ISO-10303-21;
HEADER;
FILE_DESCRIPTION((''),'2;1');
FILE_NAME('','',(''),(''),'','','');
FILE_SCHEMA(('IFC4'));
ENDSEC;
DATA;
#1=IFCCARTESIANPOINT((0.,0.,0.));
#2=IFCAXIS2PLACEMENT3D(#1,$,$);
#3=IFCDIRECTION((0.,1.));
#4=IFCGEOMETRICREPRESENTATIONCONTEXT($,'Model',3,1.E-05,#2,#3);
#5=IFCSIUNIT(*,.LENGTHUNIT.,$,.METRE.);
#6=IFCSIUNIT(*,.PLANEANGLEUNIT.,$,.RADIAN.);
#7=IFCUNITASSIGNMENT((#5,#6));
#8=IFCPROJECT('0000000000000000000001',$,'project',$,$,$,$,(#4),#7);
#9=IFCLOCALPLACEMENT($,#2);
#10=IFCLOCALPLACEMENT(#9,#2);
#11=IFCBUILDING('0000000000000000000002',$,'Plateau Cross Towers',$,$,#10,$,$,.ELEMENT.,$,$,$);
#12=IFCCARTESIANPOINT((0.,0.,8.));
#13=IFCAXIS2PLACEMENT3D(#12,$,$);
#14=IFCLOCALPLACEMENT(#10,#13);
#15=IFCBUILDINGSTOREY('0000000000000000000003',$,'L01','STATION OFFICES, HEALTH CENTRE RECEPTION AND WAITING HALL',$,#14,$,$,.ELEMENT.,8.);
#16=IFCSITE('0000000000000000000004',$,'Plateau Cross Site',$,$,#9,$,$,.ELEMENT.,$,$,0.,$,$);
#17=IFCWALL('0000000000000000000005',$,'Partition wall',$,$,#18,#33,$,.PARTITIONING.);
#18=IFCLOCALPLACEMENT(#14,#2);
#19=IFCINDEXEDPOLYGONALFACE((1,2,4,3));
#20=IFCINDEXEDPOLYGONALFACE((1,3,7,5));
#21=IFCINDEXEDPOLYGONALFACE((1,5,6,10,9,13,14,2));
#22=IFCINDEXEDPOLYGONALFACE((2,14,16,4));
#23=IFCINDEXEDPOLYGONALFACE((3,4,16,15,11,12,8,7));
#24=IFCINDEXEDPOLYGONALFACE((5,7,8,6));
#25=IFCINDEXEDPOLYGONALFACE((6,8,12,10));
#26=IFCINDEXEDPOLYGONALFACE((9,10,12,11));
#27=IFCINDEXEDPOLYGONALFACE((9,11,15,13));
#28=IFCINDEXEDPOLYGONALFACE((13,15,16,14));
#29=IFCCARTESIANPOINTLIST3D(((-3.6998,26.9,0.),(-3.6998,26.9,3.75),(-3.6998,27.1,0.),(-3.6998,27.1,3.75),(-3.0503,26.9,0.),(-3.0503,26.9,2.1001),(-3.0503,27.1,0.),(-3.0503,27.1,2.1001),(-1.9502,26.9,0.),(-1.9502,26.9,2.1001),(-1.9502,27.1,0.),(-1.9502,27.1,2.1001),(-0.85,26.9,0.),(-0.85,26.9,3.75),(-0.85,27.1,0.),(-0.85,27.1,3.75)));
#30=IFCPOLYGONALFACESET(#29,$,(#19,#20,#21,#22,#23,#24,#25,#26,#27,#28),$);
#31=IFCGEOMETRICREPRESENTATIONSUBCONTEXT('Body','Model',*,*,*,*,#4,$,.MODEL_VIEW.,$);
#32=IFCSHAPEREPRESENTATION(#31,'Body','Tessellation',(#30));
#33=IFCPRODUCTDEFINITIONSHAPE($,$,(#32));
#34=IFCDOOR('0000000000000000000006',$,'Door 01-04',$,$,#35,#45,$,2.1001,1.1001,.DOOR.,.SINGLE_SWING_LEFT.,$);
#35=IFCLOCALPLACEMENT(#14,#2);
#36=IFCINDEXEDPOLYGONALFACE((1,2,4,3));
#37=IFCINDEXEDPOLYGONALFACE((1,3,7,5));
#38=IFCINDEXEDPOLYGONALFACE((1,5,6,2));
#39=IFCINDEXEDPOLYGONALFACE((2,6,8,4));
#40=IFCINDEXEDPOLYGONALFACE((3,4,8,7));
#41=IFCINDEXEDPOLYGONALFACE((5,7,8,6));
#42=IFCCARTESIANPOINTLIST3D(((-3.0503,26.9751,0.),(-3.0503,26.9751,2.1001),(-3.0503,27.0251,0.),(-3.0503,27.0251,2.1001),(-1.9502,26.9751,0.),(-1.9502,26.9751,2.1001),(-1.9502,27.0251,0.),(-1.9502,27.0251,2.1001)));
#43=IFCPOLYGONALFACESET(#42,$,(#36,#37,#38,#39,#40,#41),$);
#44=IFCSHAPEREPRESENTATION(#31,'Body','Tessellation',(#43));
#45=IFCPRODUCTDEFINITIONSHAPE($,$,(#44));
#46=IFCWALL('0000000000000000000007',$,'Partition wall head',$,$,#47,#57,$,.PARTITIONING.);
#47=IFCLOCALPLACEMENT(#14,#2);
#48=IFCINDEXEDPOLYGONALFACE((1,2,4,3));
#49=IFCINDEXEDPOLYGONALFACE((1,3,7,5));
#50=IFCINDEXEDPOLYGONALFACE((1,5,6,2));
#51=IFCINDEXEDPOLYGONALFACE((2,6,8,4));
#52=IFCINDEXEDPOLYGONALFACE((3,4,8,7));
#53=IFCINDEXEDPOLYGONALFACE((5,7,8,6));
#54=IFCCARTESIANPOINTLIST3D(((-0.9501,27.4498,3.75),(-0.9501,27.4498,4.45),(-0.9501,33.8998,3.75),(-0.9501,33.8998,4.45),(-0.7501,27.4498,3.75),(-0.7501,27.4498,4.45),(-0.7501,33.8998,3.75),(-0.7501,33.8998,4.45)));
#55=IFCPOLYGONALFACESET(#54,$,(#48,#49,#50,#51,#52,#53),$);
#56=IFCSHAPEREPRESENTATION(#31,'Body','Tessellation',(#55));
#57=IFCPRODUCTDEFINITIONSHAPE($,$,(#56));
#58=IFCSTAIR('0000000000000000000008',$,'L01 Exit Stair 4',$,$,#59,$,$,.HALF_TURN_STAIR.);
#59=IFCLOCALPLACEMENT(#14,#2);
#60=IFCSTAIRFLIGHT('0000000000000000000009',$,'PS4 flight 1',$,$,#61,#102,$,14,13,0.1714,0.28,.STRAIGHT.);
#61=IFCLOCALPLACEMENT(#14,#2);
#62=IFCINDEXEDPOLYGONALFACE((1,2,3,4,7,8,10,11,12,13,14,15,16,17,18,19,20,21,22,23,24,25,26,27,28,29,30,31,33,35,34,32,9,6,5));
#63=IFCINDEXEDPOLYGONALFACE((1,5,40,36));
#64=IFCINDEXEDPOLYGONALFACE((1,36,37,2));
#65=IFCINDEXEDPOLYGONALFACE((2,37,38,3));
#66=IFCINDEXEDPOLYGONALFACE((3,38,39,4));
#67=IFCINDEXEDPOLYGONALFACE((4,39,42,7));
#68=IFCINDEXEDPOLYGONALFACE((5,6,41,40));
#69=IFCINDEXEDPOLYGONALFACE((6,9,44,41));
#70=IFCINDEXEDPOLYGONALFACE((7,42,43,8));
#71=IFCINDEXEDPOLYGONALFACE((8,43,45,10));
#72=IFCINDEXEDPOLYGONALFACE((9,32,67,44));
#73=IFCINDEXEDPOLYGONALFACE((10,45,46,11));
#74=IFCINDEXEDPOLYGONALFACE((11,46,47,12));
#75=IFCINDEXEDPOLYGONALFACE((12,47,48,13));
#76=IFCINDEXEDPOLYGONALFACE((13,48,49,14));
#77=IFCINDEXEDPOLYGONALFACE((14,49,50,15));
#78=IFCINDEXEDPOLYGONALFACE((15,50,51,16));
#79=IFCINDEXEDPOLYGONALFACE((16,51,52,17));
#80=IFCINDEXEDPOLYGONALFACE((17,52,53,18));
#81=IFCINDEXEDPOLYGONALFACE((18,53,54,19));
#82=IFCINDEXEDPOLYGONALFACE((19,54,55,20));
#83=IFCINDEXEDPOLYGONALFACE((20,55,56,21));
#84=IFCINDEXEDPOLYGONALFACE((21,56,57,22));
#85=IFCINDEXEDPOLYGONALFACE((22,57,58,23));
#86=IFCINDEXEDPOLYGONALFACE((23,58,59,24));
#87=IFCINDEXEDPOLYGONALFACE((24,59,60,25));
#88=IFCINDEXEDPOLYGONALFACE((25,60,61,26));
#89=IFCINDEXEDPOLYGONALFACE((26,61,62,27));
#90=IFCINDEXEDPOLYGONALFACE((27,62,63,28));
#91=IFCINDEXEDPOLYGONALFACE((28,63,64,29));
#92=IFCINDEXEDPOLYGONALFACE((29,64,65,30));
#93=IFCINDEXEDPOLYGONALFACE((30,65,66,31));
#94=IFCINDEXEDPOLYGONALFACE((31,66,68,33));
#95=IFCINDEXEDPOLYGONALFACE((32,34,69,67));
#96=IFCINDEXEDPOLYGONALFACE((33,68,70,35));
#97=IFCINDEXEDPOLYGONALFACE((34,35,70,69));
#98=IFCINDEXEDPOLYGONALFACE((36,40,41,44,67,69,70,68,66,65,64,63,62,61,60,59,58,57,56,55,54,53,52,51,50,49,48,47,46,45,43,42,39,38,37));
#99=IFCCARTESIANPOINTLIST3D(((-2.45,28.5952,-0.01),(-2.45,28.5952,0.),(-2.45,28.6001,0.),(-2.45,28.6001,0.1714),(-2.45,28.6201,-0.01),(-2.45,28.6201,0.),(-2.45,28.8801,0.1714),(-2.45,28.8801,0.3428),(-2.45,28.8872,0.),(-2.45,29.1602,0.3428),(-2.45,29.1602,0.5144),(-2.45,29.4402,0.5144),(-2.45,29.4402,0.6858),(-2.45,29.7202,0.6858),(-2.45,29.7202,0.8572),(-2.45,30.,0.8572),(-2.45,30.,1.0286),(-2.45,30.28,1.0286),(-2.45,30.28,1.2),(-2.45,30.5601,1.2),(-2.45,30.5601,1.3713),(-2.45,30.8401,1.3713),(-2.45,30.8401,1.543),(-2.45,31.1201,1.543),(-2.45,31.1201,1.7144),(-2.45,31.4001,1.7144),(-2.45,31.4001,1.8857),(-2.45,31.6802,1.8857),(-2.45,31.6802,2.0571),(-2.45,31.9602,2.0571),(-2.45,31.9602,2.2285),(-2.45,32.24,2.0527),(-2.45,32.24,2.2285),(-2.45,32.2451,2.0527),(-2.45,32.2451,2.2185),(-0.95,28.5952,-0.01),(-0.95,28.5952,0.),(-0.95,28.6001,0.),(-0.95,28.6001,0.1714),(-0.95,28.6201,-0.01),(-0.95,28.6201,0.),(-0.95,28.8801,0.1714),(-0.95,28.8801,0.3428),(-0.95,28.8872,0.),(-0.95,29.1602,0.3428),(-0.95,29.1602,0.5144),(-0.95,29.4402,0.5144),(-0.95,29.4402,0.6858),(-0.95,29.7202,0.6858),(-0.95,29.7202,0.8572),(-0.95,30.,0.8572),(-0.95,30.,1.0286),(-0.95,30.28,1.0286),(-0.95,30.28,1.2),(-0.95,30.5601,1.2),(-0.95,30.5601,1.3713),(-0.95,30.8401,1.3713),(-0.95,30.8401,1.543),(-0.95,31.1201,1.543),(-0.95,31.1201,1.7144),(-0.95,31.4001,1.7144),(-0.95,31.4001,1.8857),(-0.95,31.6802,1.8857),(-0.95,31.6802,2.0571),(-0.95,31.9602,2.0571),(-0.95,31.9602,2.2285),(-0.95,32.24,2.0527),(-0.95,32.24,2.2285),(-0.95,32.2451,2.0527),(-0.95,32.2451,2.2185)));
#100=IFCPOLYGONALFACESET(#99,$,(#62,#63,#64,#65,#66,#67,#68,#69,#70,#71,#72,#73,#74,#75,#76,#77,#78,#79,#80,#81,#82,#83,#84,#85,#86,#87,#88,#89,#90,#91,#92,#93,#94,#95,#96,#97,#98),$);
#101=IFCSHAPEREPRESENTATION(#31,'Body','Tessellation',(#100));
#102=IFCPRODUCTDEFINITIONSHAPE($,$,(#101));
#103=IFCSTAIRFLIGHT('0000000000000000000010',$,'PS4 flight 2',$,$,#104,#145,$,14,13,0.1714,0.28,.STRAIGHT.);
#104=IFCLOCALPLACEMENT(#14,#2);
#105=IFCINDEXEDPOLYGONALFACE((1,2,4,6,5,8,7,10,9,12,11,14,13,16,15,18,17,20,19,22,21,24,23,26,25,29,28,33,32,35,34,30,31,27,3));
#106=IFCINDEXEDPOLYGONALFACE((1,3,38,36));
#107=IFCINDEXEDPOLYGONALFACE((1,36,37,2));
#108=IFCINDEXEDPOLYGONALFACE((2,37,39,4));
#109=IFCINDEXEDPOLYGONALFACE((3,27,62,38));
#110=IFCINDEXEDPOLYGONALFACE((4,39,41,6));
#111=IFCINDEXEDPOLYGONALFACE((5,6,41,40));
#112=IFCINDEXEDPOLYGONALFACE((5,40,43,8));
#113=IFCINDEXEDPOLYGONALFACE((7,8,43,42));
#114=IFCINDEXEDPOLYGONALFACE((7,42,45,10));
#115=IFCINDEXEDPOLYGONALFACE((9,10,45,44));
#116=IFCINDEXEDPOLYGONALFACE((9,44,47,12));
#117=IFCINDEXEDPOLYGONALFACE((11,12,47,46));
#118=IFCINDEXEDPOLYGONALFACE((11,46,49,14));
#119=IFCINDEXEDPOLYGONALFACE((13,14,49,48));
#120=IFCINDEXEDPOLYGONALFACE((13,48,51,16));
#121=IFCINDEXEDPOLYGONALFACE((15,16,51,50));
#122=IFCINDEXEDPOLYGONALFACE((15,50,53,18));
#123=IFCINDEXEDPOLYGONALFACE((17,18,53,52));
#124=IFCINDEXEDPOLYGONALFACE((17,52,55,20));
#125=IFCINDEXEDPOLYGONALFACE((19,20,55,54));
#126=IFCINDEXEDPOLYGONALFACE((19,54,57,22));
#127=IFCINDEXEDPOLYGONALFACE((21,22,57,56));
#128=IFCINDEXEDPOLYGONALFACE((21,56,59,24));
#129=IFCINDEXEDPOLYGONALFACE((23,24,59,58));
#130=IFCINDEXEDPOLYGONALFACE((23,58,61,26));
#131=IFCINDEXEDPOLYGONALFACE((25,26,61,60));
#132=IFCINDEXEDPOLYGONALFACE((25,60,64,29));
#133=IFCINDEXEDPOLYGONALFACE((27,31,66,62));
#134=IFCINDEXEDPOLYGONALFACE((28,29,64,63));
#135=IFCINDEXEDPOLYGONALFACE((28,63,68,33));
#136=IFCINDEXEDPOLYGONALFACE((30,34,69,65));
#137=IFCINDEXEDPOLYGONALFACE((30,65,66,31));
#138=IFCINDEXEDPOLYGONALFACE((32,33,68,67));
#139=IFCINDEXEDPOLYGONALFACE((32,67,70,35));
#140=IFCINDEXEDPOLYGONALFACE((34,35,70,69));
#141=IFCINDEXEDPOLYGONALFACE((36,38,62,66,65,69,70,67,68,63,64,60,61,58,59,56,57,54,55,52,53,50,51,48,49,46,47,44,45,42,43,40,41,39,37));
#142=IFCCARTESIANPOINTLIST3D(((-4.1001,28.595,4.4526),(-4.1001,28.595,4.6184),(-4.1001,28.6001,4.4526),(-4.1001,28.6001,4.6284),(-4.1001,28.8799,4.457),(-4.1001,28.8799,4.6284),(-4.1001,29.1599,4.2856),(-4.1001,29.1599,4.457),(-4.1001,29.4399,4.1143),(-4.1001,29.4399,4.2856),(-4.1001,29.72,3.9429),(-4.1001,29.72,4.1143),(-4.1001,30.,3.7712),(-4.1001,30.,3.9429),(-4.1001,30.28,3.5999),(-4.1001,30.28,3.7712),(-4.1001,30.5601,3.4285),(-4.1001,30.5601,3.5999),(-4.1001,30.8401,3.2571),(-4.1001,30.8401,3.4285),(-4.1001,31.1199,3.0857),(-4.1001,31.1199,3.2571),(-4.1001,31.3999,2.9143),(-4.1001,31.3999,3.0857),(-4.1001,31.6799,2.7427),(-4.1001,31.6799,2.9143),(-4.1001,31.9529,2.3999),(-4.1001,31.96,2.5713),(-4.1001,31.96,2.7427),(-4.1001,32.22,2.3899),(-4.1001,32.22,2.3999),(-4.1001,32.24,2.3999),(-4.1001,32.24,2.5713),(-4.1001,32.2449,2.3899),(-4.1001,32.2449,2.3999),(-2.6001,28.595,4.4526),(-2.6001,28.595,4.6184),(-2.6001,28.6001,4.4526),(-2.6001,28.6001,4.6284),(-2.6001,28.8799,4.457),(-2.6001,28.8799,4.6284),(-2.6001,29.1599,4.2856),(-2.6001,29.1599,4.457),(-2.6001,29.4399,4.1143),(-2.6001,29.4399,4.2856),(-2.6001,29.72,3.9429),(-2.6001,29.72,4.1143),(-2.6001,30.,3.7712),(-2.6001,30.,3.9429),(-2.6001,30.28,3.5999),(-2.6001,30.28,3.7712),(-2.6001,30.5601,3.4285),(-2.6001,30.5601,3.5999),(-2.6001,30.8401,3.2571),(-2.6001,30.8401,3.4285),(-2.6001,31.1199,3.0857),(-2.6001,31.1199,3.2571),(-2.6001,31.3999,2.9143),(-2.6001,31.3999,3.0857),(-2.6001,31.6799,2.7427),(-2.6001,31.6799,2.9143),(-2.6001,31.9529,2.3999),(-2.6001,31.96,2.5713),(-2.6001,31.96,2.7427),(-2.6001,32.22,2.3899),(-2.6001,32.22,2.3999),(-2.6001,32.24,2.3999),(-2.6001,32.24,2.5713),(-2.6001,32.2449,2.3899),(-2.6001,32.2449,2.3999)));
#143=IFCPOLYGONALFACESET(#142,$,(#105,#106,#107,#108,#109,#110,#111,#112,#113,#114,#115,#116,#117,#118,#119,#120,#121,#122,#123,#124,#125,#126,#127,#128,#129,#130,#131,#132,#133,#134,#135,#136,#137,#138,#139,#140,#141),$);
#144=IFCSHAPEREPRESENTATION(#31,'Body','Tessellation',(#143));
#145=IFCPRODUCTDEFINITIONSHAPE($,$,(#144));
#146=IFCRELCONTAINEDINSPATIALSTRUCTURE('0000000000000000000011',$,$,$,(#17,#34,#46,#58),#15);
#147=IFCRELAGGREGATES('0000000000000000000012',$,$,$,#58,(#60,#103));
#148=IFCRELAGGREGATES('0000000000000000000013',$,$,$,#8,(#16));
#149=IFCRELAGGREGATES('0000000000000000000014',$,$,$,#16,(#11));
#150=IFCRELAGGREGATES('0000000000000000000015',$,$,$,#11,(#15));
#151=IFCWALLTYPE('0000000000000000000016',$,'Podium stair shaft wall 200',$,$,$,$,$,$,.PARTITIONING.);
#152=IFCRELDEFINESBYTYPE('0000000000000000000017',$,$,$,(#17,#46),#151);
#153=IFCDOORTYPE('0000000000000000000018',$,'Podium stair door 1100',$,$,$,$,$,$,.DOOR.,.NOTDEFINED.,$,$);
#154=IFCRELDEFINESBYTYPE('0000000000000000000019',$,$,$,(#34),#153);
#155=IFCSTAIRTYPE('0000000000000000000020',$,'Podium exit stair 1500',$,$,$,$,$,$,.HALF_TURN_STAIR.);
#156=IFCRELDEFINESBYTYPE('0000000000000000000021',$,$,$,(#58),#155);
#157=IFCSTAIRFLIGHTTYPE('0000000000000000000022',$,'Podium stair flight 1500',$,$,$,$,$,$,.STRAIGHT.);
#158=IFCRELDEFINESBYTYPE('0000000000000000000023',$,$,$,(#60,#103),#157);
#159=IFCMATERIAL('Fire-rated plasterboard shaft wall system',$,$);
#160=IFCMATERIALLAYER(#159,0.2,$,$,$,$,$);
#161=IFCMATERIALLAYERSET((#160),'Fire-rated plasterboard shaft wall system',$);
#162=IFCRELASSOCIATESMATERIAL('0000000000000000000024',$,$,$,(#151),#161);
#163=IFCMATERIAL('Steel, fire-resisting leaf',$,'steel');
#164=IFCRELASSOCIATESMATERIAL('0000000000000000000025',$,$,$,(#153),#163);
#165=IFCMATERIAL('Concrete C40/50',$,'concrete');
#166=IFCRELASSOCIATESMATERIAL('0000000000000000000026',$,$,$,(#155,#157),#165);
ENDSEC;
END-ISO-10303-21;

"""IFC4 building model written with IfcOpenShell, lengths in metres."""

from ifc_helpers import new_model, si_unit, direction, frame, frame_2d, origin, place, context, subcontext, project, spatial, polyline, rectangle, outline, extrude, material, layer, layer_set, type_object, element, fill, aggregate, save


model = new_model("IFC4")

# Units and contexts
model_context = context("Model", 3, precision=1e-05, world=origin(), true_north=direction((0.0, 1.0)))
body_context = subcontext(model_context, "Body", "Model", "MODEL_VIEW")
ifc_project = project(units=[si_unit("LENGTHUNIT", "METRE"), si_unit("PLANEANGLEUNIT", "RADIAN")], contexts=[model_context])

# Site, building, storey
site_placement = place(None, origin())
site = spatial("IfcSite", under=ifc_project, at=site_placement, Name="Plateau Cross Site", CompositionType="ELEMENT", RefElevation=0.0)
building_placement = place(site_placement, origin())
building = spatial("IfcBuilding", under=site, at=building_placement, Name="Plateau Cross Towers", CompositionType="ELEMENT")
storey_placement = place(building_placement, frame((0.0, 0.0, 8.0)))
storey = spatial("IfcBuildingStorey", under=building, at=storey_placement, Name="L01", Description="STATION OFFICES, HEALTH CENTRE RECEPTION AND WAITING HALL", CompositionType="ELEMENT", Elevation=8.0)

# Shared definitions
ifc_material_1 = material(Name="Fire-rated plasterboard shaft wall system")
ifc_layer_1 = layer(ifc_material_1, 0.2)
ifc_layer_set_1 = layer_set([ifc_layer_1], Name="Fire-rated plasterboard shaft wall system")
wall_type_1 = type_object("IfcWallType", Name="Podium stair shaft wall 200", PredefinedType="PARTITIONING", material=ifc_layer_set_1)

# Wall, opening, door
wall_1_placement = place(storey_placement, frame((-0.8501, 27.0, 0.0), z_axis=(0.0, 0.0, 1.0), x_axis=(-1.0, 0.0, 0.0)))
wall_1 = element("IfcWall", 1, at=wall_1_placement, inside=storey, type_object=wall_type_1, Name="Partition wall", PredefinedType="PARTITIONING", context=body_context, shape_type="SweptSolid", body=[
    extrude(rectangle(XDim=2.8499, YDim=0.2, at=frame_2d((1.4248, 0.0))), origin(), (0.0, 0.0, 1.0), 3.75),
])
opening_1_placement = place(wall_1_placement, frame((1.1001, 0.0, 0.0)))
opening_1 = element("IfcOpeningElement", 2, at=opening_1_placement, cuts=wall_1, PredefinedType="OPENING", context=body_context, shape_type="SweptSolid", body=[
    extrude(rectangle(XDim=1.1001, YDim=2.1001, at=frame_2d((0.55, 1.05))), frame((0.0, 0.1099, 0.0), z_axis=(0.0, -1.0, 0.0), x_axis=(1.0, 0.0, 0.0)), (0.0, 0.0, 1.0), 0.22),
])
ifc_material_2 = material(Name="Steel, fire-resisting leaf", Category="steel")
door_type_1 = type_object("IfcDoorType", Name="Podium stair door 1100", OperationType="NOTDEFINED", PredefinedType="DOOR", material=ifc_material_2)
door_1_placement = place(opening_1_placement, origin())
door_1 = element("IfcDoor", 3, at=door_1_placement, inside=storey, type_object=door_type_1, Name="Door 01-04", OperationType="SINGLE_SWING_LEFT", OverallHeight=2.1001, OverallWidth=1.1001, PredefinedType="DOOR", context=body_context, shape_type="SweptSolid", body=[
    extrude(rectangle(XDim=1.1001, YDim=2.1001, at=frame_2d((0.55, 1.05))), frame((0.0, 0.0249, 0.0), z_axis=(0.0, -1.0, 0.0), x_axis=(1.0, 0.0, 0.0)), (0.0, 0.0, 1.0), 0.05),
])
fill(opening_1, door_1)

# Wall
wall_2_placement = place(storey_placement, frame((-0.8501, 33.8999, 3.75), z_axis=(0.0, 0.0, 1.0), x_axis=(0.0, -1.0, 0.0)))
element("IfcWall", 4, at=wall_2_placement, inside=storey, type_object=wall_type_1, Name="Partition wall head", PredefinedType="PARTITIONING", context=body_context, shape_type="SweptSolid", body=[
    extrude(rectangle(XDim=6.45, YDim=0.2, at=frame_2d((3.2251, 0.0))), origin(), (0.0, 0.0, 1.0), 0.7),
])

# Stair, stair flights
ifc_material_3 = material(Name="Concrete C40/50", Category="concrete")
stair_type = type_object("IfcStairType", Name="Podium exit stair 1500", PredefinedType="HALF_TURN_STAIR", material=ifc_material_3)
stair_placement = place(storey_placement, origin())
stair = element("IfcStair", 5, at=stair_placement, inside=storey, type_object=stair_type, Name="L01 Exit Stair 4", PredefinedType="HALF_TURN_STAIR")
stair_flight_type = type_object("IfcStairFlightType", Name="Podium stair flight 1500", PredefinedType="STRAIGHT", material=ifc_material_3)
stair_flight_1_placement = place(storey_placement, frame((-1.7, 28.6001, 0.0), z_axis=(0.0, 0.0, 1.0), x_axis=(0.0, 1.0, 0.0)))
stair_flight_1 = element("IfcStairFlight", 6, at=stair_flight_1_placement, type_object=stair_flight_type, Name="PS4 flight 1", NumberOfRisers=14, NumberOfTreads=13, PredefinedType="STRAIGHT", RiserHeight=0.1714, TreadLength=0.28, context=body_context, shape_type="SweptSolid", body=[
    extrude(outline(polyline([(-0.0049, -0.01), (-0.0049, 0.0), (0.0, 0.0), (0.0, 0.1714), (0.28, 0.1714), (0.28, 0.3428), (0.5601, 0.3428), (0.5601, 0.5144), (0.8401, 0.5144), (0.8401, 0.6858), (1.1201, 0.6858), (1.1201, 0.8572), (1.3999, 0.8572), (1.3999, 1.0286), (1.6799, 1.0286), (1.6799, 1.2), (1.96, 1.2), (1.96, 1.3713), (2.24, 1.3713), (2.24, 1.543), (2.52, 1.543), (2.52, 1.7144), (2.8, 1.7144), (2.8, 1.8857), (3.0801, 1.8857), (3.0801, 2.0571), (3.3601, 2.0571), (3.3601, 2.2285), (3.6399, 2.2285), (3.645, 2.2185), (3.645, 2.0527), (3.6399, 2.0527), (0.2871, 0.0), (0.02, 0.0), (0.02, -0.01), (-0.0049, -0.01)])), frame((0.0, 0.75, 0.0), z_axis=(0.0, -1.0, 0.0), x_axis=(1.0, 0.0, 0.0)), (0.0, 0.0, 1.0), 1.5),
])
stair_flight_2_placement = place(storey_placement, frame((-3.3501, 32.24, 2.3999), z_axis=(0.0, 0.0, 1.0), x_axis=(0.0, -1.0, 0.0)))
stair_flight_2 = element("IfcStairFlight", 7, at=stair_flight_2_placement, type_object=stair_flight_type, Name="PS4 flight 2", NumberOfRisers=14, NumberOfTreads=13, PredefinedType="STRAIGHT", RiserHeight=0.1714, TreadLength=0.28, context=body_context, shape_type="SweptSolid", body=[
    extrude(outline(polyline([(-0.0049, -0.01), (-0.0049, 0.0), (0.0, 0.0), (0.0, 0.1714), (0.28, 0.1714), (0.28, 0.3428), (0.5601, 0.3428), (0.5601, 0.5144), (0.8401, 0.5144), (0.8401, 0.6858), (1.1201, 0.6858), (1.1201, 0.8572), (1.3999, 0.8572), (1.3999, 1.0286), (1.6799, 1.0286), (1.6799, 1.2), (1.96, 1.2), (1.96, 1.3713), (2.24, 1.3713), (2.24, 1.543), (2.52, 1.543), (2.52, 1.7144), (2.8, 1.7144), (2.8, 1.8857), (3.0801, 1.8857), (3.0801, 2.0571), (3.3601, 2.0571), (3.3601, 2.2285), (3.6399, 2.2285), (3.645, 2.2185), (3.645, 2.0527), (3.6399, 2.0527), (0.2871, 0.0), (0.02, 0.0), (0.02, -0.01), (-0.0049, -0.01)])), frame((0.0, 0.75, 0.0), z_axis=(0.0, -1.0, 0.0), x_axis=(1.0, 0.0, 0.0)), (0.0, 0.0, 1.0), 1.5),
])
aggregate(stair, [stair_flight_1, stair_flight_2])

save(model, "model.ifc")
